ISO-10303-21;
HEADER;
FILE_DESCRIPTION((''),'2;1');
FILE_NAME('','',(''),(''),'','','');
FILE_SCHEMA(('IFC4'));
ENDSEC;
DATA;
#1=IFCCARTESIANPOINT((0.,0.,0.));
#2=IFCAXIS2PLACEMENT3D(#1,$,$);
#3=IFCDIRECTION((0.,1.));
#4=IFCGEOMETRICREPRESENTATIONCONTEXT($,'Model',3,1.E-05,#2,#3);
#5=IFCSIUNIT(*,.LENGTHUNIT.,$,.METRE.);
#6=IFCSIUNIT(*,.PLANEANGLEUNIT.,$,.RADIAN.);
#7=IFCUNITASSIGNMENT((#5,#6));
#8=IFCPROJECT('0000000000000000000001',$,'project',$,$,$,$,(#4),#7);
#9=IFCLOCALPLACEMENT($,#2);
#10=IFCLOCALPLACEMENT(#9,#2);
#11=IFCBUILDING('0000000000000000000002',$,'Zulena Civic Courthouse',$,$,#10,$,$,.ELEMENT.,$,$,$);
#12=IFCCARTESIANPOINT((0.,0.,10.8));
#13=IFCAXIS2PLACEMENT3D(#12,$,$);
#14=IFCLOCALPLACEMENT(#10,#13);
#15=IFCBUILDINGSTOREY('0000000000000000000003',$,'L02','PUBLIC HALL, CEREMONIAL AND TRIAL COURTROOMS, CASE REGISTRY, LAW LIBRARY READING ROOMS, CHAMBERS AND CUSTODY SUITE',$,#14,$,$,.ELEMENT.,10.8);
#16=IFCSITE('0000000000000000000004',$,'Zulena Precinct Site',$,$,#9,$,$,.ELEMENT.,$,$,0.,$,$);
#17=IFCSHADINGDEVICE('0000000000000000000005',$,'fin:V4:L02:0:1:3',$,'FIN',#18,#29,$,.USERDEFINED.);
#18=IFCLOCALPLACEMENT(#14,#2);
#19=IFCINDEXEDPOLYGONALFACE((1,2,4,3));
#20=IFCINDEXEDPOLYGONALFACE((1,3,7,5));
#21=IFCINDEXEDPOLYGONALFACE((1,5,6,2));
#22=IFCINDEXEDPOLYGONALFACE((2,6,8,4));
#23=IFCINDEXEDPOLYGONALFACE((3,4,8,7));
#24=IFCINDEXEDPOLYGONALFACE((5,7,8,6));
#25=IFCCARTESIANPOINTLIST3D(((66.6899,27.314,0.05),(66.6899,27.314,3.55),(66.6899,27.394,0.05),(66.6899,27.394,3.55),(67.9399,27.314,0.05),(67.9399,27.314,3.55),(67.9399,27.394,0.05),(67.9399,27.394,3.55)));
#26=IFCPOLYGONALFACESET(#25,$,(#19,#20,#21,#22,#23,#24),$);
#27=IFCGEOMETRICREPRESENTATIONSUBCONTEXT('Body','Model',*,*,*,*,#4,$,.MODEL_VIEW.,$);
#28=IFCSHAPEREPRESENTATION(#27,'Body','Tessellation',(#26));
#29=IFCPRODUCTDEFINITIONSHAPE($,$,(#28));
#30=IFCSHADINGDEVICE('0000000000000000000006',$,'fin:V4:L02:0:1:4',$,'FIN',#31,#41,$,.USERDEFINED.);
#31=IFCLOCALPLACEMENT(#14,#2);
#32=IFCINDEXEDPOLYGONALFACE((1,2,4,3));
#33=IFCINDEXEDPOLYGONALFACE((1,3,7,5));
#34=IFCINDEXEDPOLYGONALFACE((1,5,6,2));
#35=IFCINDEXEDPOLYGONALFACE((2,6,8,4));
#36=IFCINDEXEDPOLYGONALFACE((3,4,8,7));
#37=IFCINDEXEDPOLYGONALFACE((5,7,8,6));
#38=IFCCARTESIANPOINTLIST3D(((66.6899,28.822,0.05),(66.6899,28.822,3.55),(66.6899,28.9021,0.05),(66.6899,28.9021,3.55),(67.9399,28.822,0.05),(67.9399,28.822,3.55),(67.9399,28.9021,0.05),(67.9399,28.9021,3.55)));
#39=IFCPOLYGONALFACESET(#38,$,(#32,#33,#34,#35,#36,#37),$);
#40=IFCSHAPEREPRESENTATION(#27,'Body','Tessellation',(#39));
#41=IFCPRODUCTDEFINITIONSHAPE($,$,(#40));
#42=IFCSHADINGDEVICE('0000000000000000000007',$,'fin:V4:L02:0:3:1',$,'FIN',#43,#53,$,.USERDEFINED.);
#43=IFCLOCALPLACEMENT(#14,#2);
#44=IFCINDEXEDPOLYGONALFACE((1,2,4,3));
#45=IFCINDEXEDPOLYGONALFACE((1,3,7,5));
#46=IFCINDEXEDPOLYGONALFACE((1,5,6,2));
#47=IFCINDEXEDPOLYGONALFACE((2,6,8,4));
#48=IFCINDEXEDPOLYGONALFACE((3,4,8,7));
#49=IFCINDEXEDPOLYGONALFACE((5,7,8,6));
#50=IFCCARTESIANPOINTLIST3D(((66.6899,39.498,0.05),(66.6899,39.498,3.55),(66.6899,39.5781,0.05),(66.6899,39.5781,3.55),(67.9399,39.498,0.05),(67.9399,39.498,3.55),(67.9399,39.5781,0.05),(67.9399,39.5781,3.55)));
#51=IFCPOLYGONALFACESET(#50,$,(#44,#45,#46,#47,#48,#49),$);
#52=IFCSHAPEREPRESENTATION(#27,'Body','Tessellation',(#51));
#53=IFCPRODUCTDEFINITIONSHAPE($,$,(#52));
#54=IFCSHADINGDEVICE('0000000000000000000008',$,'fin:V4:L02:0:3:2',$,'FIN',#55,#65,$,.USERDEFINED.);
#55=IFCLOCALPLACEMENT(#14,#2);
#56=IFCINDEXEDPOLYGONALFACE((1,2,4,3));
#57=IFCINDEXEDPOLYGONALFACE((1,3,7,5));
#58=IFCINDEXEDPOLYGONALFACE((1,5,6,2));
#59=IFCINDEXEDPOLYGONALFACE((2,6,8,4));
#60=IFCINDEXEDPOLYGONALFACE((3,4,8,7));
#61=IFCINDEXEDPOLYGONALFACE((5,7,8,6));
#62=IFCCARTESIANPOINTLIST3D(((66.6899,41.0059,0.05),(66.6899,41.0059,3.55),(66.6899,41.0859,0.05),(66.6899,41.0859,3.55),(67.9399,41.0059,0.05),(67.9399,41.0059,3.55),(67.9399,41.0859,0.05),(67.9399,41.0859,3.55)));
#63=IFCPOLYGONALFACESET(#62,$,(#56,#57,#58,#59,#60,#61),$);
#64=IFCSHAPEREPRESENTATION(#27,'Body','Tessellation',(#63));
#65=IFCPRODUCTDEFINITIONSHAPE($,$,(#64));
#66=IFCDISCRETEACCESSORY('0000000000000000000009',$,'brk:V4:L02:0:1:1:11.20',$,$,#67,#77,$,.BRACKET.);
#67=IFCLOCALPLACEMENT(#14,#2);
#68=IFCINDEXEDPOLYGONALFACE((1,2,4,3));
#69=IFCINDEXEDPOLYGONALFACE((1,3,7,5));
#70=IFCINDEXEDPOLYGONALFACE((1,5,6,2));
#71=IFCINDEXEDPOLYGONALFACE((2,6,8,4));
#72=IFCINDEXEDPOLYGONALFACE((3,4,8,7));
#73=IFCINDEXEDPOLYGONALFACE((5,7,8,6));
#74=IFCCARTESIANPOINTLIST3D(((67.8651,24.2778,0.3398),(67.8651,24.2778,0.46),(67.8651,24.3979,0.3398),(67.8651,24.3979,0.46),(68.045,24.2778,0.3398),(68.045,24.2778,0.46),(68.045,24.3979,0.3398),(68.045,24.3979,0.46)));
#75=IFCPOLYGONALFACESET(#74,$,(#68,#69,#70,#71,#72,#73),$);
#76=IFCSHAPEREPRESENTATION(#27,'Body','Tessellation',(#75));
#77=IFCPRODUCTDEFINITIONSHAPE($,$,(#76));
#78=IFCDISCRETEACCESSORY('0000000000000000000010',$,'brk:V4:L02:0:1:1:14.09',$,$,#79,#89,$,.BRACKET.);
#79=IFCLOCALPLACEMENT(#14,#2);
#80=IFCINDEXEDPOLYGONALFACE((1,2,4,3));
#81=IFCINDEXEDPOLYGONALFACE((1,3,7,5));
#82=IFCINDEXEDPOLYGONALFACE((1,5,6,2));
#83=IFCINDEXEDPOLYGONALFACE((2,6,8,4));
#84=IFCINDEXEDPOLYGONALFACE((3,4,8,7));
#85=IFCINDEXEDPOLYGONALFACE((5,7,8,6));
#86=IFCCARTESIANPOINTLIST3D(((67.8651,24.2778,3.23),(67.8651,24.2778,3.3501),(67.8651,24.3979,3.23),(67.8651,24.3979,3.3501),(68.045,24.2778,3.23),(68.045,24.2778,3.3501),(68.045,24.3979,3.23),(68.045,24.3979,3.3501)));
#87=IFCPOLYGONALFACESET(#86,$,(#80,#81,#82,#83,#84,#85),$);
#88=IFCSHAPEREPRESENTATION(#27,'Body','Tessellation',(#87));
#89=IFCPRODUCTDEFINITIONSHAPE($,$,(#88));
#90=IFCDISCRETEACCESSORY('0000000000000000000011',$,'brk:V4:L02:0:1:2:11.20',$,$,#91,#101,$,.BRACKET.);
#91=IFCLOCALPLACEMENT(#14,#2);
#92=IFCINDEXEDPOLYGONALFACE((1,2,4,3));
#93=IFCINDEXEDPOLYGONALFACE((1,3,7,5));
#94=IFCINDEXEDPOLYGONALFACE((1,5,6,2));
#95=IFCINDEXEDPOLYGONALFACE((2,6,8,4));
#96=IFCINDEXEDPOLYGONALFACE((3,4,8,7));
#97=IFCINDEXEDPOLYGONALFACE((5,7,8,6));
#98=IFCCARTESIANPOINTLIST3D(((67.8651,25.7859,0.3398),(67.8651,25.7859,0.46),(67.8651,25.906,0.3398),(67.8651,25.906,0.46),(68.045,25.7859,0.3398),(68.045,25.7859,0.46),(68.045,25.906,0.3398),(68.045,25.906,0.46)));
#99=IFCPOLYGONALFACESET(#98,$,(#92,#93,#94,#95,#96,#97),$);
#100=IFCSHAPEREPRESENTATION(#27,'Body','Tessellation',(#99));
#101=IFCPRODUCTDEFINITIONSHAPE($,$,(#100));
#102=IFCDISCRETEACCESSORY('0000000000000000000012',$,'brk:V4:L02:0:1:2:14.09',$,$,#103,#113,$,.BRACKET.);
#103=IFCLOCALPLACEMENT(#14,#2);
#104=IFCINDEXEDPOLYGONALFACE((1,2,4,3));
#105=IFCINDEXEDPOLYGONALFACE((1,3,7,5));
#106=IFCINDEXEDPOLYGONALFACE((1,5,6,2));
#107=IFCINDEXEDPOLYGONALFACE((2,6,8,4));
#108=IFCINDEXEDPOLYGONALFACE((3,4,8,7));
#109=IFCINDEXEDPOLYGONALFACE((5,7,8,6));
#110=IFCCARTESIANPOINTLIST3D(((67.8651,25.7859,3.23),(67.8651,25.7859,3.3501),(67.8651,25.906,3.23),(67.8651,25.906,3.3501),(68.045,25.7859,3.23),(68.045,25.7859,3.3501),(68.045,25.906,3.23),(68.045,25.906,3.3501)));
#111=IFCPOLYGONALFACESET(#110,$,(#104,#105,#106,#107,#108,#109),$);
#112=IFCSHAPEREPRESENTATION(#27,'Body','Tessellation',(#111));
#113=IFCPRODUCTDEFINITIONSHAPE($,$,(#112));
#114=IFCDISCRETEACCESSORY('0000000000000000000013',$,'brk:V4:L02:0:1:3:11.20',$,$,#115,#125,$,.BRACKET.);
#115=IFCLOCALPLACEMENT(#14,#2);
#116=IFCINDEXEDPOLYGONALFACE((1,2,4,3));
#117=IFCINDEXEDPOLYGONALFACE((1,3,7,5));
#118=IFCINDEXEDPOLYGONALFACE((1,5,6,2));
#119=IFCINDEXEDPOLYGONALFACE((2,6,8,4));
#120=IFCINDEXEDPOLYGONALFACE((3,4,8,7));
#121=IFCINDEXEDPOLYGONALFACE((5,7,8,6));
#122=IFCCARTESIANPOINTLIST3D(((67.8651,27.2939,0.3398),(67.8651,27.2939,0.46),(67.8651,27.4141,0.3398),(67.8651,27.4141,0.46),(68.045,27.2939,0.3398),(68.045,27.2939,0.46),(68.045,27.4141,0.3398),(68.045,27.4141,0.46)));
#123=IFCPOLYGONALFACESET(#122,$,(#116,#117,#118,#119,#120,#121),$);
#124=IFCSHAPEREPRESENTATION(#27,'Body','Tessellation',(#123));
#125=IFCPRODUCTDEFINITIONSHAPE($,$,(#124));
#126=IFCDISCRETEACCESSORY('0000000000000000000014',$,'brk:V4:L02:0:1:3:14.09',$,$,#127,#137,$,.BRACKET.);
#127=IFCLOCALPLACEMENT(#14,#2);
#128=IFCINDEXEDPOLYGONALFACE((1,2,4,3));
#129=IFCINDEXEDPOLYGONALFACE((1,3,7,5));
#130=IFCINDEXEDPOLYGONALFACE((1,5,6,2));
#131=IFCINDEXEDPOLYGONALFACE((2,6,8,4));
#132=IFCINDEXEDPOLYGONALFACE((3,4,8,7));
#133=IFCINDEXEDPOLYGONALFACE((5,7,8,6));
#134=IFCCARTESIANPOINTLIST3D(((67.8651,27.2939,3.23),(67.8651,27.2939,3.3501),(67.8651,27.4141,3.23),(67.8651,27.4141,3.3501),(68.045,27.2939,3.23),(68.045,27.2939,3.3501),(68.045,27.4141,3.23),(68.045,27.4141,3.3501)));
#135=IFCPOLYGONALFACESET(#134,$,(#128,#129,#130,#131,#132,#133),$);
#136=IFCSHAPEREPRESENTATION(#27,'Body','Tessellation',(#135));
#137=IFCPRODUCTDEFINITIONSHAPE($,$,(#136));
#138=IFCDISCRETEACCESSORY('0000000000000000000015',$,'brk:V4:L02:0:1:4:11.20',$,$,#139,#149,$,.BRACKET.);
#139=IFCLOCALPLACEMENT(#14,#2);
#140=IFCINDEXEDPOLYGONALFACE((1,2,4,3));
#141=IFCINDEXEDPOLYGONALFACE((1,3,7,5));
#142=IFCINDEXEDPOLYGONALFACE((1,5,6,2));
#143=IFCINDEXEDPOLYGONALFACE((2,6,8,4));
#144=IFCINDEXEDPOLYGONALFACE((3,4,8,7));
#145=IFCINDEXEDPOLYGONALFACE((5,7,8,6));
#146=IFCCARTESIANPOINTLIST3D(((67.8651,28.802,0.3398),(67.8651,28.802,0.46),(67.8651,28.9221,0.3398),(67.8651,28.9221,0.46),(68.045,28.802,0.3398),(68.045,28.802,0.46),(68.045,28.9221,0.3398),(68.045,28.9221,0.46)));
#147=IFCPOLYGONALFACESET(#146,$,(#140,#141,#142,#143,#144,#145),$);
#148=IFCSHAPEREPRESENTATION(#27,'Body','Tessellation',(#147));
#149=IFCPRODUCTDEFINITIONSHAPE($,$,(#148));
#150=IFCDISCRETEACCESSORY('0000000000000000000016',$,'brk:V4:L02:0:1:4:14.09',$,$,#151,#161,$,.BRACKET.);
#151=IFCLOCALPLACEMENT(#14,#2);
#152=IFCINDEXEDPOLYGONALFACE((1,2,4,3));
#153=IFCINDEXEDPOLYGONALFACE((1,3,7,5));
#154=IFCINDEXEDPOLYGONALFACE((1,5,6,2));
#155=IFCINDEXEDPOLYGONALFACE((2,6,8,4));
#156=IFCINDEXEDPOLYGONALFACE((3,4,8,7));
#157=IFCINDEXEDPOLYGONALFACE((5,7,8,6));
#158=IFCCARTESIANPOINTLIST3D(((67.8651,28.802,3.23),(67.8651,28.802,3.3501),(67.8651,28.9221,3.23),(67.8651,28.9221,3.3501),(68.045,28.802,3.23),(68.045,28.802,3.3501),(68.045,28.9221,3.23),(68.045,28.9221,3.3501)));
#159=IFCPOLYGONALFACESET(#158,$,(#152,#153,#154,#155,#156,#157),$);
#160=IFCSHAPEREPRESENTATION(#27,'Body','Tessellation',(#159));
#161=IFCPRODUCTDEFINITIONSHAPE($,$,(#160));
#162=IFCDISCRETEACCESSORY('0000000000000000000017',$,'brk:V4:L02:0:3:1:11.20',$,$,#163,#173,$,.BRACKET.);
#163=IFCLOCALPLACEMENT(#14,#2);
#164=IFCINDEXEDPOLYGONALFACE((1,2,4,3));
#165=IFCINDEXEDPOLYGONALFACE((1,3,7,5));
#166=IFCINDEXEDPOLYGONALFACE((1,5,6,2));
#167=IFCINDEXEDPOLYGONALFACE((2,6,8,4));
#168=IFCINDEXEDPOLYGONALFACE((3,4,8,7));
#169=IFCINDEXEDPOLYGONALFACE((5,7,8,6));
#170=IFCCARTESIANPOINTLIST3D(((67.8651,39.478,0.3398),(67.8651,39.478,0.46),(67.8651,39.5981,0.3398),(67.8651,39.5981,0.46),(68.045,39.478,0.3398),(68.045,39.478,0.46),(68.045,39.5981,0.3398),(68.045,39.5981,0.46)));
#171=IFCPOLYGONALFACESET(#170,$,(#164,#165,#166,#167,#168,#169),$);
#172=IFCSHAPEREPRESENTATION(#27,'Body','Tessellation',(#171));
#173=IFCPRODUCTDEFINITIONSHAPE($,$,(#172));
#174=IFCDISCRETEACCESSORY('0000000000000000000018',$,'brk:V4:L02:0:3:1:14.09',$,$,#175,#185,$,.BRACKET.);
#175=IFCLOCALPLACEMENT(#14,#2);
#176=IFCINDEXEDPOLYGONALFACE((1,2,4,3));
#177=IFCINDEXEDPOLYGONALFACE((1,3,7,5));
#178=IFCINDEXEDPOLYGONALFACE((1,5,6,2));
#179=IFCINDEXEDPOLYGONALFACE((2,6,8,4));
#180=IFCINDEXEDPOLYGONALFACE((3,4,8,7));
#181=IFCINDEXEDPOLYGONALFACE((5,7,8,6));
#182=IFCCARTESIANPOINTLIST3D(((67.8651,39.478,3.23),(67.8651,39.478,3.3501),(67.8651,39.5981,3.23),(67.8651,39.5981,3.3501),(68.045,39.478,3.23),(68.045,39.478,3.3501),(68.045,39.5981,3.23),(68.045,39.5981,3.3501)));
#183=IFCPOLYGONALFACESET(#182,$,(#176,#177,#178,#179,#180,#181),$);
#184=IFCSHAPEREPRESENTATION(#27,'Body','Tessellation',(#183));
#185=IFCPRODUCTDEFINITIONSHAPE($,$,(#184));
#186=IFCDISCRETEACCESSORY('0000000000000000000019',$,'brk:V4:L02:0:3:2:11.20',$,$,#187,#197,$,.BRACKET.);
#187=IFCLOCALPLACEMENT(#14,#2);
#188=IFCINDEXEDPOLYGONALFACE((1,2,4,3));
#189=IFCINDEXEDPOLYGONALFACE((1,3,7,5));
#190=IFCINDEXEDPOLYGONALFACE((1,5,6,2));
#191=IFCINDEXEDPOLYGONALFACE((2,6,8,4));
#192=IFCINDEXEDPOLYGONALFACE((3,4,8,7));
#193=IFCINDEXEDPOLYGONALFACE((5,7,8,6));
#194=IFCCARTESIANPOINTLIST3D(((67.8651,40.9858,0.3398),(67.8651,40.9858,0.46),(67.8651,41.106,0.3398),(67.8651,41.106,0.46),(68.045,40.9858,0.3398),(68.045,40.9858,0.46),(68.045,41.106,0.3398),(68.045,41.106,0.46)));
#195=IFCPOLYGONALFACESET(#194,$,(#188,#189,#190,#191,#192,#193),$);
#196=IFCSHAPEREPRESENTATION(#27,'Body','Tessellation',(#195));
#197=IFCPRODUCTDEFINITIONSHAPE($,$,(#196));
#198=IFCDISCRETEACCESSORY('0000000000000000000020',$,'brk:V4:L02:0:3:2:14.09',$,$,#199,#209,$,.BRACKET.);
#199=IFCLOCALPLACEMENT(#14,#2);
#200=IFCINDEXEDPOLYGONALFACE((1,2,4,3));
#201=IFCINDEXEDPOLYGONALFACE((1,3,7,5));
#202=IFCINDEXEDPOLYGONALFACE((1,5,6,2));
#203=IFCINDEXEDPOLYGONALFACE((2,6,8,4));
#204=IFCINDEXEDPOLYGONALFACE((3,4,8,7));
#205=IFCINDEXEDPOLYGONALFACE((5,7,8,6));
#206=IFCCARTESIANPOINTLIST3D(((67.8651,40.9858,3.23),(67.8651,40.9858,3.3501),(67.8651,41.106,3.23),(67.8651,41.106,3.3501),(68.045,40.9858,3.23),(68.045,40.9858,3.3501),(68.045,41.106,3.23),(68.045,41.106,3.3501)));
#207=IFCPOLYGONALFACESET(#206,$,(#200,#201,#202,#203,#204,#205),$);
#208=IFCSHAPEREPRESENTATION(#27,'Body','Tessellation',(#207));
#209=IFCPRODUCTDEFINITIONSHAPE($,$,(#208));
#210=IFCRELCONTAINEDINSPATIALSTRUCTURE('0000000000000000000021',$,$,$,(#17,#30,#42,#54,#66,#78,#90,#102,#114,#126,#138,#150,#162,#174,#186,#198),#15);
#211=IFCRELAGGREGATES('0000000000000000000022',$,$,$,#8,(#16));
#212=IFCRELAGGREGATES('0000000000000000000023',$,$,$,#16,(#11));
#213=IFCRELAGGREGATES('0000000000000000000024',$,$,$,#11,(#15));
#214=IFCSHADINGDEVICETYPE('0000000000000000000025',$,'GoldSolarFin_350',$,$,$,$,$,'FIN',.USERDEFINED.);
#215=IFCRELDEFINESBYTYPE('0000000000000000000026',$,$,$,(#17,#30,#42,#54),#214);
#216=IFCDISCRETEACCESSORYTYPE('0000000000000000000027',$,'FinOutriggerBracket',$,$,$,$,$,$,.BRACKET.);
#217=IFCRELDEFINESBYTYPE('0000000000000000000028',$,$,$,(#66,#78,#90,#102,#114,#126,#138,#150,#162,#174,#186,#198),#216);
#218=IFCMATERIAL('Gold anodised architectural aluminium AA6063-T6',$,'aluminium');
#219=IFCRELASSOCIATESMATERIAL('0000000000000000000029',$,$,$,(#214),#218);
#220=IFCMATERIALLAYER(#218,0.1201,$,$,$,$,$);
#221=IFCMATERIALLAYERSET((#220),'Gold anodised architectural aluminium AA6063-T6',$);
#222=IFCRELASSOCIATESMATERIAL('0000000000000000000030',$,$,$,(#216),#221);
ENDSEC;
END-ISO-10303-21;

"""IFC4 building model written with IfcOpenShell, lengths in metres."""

from ifc_helpers import new_model, si_unit, direction, frame, origin, origin_2d, place, context, subcontext, project, spatial, rectangle, extrude, material, layer, layer_set, type_object, element, save


model = new_model("IFC4")

# Units and contexts
model_context = context("Model", 3, precision=1e-05, world=origin(), true_north=direction((0.0, 1.0)))
body_context = subcontext(model_context, "Body", "Model", "MODEL_VIEW")
ifc_project = project(units=[si_unit("LENGTHUNIT", "METRE"), si_unit("PLANEANGLEUNIT", "RADIAN")], contexts=[model_context])

# Site, building, storey
site_placement = place(None, origin())
site = spatial("IfcSite", under=ifc_project, at=site_placement, Name="Zulena Precinct Site", CompositionType="ELEMENT", RefElevation=0.0)
building_placement = place(site_placement, origin())
building = spatial("IfcBuilding", under=site, at=building_placement, Name="Zulena Civic Courthouse", CompositionType="ELEMENT")
storey_placement = place(building_placement, frame((0.0, 0.0, 10.8)))
storey = spatial("IfcBuildingStorey", under=building, at=storey_placement, Name="L02", Description="PUBLIC HALL, CEREMONIAL AND TRIAL COURTROOMS, CASE REGISTRY, LAW LIBRARY READING ROOMS, CHAMBERS AND CUSTODY SUITE", CompositionType="ELEMENT", Elevation=10.8)

# Shading devices
ifc_material_1 = material(Name="Gold anodised architectural aluminium AA6063-T6", Category="aluminium")
shading_device_type = type_object("IfcShadingDeviceType", Name="GoldSolarFin_350", ElementType="FIN", PredefinedType="USERDEFINED", material=ifc_material_1)
for number, where, z_axis, x_axis, name in (
    (1, (67.3149, 27.354, 0.05), (0.0, 0.0, 1.0), (-1.0, 0.0, 0.0), "fin:V4:L02:0:1:3"),
    (2, (67.3149, 28.8621, 0.05), (0.0, 0.0, 1.0), (-1.0, 0.0, 0.0), "fin:V4:L02:0:1:4"),
    (3, (67.3149, 39.5381, 0.05), (0.0, 0.0, 1.0), (-1.0, 0.0, 0.0), "fin:V4:L02:0:3:1"),
    (4, (67.3149, 41.0459, 0.05), (0.0, 0.0, 1.0), (-1.0, 0.0, 0.0), "fin:V4:L02:0:3:2"),
):
    element("IfcShadingDevice", number, at=place(storey_placement, frame(where, z_axis=z_axis, x_axis=x_axis)), inside=storey, type_object=shading_device_type, Name=name, ObjectType="FIN", PredefinedType="USERDEFINED", context=body_context, shape_type="SweptSolid", body=[
        extrude(rectangle(XDim=1.25, YDim=0.0801, at=origin_2d()), origin(), (0.0, 0.0, 1.0), 3.5),
    ])

# Discrete accessories
ifc_layer_1 = layer(ifc_material_1, 0.1201)
ifc_layer_set_1 = layer_set([ifc_layer_1], Name="Gold anodised architectural aluminium AA6063-T6")
discrete_accessory_type = type_object("IfcDiscreteAccessoryType", Name="FinOutriggerBracket", PredefinedType="BRACKET", material=ifc_layer_set_1)
for number, where, z_axis, x_axis, name in (
    (5, (67.9551, 24.3379, 0.3398), (0.0, 0.0, 1.0), (-1.0, 0.0, 0.0), "brk:V4:L02:0:1:1:11.20"),
    (6, (67.9551, 24.3379, 3.23), (0.0, 0.0, 1.0), (-1.0, 0.0, 0.0), "brk:V4:L02:0:1:1:14.09"),
    (7, (67.9551, 25.8459, 0.3398), (0.0, 0.0, 1.0), (-1.0, 0.0, 0.0), "brk:V4:L02:0:1:2:11.20"),
    (8, (67.9551, 25.8459, 3.23), (0.0, 0.0, 1.0), (-1.0, 0.0, 0.0), "brk:V4:L02:0:1:2:14.09"),
    (9, (67.9551, 27.354, 0.3398), (0.0, 0.0, 1.0), (-1.0, 0.0, 0.0), "brk:V4:L02:0:1:3:11.20"),
    (10, (67.9551, 27.354, 3.23), (0.0, 0.0, 1.0), (-1.0, 0.0, 0.0), "brk:V4:L02:0:1:3:14.09"),
    (11, (67.9551, 28.8621, 0.3398), (0.0, 0.0, 1.0), (-1.0, 0.0, 0.0), "brk:V4:L02:0:1:4:11.20"),
    (12, (67.9551, 28.8621, 3.23), (0.0, 0.0, 1.0), (-1.0, 0.0, 0.0), "brk:V4:L02:0:1:4:14.09"),
    (13, (67.9551, 39.5381, 0.3398), (0.0, 0.0, 1.0), (-1.0, 0.0, 0.0), "brk:V4:L02:0:3:1:11.20"),
    (14, (67.9551, 39.5381, 3.23), (0.0, 0.0, 1.0), (-1.0, 0.0, 0.0), "brk:V4:L02:0:3:1:14.09"),
    (15, (67.9551, 41.0459, 0.3398), (0.0, 0.0, 1.0), (-1.0, 0.0, 0.0), "brk:V4:L02:0:3:2:11.20"),
    (16, (67.9551, 41.0459, 3.23), (0.0, 0.0, 1.0), (-1.0, 0.0, 0.0), "brk:V4:L02:0:3:2:14.09"),
):
    element("IfcDiscreteAccessory", number, at=place(storey_placement, frame(where, z_axis=z_axis, x_axis=x_axis)), inside=storey, type_object=discrete_accessory_type, Name=name, PredefinedType="BRACKET", context=body_context, shape_type="SweptSolid", body=[
        extrude(rectangle(XDim=0.1799, YDim=0.1201, at=origin_2d()), origin(), (0.0, 0.0, 1.0), 0.1201),
    ])

save(model, "model.ifc")
